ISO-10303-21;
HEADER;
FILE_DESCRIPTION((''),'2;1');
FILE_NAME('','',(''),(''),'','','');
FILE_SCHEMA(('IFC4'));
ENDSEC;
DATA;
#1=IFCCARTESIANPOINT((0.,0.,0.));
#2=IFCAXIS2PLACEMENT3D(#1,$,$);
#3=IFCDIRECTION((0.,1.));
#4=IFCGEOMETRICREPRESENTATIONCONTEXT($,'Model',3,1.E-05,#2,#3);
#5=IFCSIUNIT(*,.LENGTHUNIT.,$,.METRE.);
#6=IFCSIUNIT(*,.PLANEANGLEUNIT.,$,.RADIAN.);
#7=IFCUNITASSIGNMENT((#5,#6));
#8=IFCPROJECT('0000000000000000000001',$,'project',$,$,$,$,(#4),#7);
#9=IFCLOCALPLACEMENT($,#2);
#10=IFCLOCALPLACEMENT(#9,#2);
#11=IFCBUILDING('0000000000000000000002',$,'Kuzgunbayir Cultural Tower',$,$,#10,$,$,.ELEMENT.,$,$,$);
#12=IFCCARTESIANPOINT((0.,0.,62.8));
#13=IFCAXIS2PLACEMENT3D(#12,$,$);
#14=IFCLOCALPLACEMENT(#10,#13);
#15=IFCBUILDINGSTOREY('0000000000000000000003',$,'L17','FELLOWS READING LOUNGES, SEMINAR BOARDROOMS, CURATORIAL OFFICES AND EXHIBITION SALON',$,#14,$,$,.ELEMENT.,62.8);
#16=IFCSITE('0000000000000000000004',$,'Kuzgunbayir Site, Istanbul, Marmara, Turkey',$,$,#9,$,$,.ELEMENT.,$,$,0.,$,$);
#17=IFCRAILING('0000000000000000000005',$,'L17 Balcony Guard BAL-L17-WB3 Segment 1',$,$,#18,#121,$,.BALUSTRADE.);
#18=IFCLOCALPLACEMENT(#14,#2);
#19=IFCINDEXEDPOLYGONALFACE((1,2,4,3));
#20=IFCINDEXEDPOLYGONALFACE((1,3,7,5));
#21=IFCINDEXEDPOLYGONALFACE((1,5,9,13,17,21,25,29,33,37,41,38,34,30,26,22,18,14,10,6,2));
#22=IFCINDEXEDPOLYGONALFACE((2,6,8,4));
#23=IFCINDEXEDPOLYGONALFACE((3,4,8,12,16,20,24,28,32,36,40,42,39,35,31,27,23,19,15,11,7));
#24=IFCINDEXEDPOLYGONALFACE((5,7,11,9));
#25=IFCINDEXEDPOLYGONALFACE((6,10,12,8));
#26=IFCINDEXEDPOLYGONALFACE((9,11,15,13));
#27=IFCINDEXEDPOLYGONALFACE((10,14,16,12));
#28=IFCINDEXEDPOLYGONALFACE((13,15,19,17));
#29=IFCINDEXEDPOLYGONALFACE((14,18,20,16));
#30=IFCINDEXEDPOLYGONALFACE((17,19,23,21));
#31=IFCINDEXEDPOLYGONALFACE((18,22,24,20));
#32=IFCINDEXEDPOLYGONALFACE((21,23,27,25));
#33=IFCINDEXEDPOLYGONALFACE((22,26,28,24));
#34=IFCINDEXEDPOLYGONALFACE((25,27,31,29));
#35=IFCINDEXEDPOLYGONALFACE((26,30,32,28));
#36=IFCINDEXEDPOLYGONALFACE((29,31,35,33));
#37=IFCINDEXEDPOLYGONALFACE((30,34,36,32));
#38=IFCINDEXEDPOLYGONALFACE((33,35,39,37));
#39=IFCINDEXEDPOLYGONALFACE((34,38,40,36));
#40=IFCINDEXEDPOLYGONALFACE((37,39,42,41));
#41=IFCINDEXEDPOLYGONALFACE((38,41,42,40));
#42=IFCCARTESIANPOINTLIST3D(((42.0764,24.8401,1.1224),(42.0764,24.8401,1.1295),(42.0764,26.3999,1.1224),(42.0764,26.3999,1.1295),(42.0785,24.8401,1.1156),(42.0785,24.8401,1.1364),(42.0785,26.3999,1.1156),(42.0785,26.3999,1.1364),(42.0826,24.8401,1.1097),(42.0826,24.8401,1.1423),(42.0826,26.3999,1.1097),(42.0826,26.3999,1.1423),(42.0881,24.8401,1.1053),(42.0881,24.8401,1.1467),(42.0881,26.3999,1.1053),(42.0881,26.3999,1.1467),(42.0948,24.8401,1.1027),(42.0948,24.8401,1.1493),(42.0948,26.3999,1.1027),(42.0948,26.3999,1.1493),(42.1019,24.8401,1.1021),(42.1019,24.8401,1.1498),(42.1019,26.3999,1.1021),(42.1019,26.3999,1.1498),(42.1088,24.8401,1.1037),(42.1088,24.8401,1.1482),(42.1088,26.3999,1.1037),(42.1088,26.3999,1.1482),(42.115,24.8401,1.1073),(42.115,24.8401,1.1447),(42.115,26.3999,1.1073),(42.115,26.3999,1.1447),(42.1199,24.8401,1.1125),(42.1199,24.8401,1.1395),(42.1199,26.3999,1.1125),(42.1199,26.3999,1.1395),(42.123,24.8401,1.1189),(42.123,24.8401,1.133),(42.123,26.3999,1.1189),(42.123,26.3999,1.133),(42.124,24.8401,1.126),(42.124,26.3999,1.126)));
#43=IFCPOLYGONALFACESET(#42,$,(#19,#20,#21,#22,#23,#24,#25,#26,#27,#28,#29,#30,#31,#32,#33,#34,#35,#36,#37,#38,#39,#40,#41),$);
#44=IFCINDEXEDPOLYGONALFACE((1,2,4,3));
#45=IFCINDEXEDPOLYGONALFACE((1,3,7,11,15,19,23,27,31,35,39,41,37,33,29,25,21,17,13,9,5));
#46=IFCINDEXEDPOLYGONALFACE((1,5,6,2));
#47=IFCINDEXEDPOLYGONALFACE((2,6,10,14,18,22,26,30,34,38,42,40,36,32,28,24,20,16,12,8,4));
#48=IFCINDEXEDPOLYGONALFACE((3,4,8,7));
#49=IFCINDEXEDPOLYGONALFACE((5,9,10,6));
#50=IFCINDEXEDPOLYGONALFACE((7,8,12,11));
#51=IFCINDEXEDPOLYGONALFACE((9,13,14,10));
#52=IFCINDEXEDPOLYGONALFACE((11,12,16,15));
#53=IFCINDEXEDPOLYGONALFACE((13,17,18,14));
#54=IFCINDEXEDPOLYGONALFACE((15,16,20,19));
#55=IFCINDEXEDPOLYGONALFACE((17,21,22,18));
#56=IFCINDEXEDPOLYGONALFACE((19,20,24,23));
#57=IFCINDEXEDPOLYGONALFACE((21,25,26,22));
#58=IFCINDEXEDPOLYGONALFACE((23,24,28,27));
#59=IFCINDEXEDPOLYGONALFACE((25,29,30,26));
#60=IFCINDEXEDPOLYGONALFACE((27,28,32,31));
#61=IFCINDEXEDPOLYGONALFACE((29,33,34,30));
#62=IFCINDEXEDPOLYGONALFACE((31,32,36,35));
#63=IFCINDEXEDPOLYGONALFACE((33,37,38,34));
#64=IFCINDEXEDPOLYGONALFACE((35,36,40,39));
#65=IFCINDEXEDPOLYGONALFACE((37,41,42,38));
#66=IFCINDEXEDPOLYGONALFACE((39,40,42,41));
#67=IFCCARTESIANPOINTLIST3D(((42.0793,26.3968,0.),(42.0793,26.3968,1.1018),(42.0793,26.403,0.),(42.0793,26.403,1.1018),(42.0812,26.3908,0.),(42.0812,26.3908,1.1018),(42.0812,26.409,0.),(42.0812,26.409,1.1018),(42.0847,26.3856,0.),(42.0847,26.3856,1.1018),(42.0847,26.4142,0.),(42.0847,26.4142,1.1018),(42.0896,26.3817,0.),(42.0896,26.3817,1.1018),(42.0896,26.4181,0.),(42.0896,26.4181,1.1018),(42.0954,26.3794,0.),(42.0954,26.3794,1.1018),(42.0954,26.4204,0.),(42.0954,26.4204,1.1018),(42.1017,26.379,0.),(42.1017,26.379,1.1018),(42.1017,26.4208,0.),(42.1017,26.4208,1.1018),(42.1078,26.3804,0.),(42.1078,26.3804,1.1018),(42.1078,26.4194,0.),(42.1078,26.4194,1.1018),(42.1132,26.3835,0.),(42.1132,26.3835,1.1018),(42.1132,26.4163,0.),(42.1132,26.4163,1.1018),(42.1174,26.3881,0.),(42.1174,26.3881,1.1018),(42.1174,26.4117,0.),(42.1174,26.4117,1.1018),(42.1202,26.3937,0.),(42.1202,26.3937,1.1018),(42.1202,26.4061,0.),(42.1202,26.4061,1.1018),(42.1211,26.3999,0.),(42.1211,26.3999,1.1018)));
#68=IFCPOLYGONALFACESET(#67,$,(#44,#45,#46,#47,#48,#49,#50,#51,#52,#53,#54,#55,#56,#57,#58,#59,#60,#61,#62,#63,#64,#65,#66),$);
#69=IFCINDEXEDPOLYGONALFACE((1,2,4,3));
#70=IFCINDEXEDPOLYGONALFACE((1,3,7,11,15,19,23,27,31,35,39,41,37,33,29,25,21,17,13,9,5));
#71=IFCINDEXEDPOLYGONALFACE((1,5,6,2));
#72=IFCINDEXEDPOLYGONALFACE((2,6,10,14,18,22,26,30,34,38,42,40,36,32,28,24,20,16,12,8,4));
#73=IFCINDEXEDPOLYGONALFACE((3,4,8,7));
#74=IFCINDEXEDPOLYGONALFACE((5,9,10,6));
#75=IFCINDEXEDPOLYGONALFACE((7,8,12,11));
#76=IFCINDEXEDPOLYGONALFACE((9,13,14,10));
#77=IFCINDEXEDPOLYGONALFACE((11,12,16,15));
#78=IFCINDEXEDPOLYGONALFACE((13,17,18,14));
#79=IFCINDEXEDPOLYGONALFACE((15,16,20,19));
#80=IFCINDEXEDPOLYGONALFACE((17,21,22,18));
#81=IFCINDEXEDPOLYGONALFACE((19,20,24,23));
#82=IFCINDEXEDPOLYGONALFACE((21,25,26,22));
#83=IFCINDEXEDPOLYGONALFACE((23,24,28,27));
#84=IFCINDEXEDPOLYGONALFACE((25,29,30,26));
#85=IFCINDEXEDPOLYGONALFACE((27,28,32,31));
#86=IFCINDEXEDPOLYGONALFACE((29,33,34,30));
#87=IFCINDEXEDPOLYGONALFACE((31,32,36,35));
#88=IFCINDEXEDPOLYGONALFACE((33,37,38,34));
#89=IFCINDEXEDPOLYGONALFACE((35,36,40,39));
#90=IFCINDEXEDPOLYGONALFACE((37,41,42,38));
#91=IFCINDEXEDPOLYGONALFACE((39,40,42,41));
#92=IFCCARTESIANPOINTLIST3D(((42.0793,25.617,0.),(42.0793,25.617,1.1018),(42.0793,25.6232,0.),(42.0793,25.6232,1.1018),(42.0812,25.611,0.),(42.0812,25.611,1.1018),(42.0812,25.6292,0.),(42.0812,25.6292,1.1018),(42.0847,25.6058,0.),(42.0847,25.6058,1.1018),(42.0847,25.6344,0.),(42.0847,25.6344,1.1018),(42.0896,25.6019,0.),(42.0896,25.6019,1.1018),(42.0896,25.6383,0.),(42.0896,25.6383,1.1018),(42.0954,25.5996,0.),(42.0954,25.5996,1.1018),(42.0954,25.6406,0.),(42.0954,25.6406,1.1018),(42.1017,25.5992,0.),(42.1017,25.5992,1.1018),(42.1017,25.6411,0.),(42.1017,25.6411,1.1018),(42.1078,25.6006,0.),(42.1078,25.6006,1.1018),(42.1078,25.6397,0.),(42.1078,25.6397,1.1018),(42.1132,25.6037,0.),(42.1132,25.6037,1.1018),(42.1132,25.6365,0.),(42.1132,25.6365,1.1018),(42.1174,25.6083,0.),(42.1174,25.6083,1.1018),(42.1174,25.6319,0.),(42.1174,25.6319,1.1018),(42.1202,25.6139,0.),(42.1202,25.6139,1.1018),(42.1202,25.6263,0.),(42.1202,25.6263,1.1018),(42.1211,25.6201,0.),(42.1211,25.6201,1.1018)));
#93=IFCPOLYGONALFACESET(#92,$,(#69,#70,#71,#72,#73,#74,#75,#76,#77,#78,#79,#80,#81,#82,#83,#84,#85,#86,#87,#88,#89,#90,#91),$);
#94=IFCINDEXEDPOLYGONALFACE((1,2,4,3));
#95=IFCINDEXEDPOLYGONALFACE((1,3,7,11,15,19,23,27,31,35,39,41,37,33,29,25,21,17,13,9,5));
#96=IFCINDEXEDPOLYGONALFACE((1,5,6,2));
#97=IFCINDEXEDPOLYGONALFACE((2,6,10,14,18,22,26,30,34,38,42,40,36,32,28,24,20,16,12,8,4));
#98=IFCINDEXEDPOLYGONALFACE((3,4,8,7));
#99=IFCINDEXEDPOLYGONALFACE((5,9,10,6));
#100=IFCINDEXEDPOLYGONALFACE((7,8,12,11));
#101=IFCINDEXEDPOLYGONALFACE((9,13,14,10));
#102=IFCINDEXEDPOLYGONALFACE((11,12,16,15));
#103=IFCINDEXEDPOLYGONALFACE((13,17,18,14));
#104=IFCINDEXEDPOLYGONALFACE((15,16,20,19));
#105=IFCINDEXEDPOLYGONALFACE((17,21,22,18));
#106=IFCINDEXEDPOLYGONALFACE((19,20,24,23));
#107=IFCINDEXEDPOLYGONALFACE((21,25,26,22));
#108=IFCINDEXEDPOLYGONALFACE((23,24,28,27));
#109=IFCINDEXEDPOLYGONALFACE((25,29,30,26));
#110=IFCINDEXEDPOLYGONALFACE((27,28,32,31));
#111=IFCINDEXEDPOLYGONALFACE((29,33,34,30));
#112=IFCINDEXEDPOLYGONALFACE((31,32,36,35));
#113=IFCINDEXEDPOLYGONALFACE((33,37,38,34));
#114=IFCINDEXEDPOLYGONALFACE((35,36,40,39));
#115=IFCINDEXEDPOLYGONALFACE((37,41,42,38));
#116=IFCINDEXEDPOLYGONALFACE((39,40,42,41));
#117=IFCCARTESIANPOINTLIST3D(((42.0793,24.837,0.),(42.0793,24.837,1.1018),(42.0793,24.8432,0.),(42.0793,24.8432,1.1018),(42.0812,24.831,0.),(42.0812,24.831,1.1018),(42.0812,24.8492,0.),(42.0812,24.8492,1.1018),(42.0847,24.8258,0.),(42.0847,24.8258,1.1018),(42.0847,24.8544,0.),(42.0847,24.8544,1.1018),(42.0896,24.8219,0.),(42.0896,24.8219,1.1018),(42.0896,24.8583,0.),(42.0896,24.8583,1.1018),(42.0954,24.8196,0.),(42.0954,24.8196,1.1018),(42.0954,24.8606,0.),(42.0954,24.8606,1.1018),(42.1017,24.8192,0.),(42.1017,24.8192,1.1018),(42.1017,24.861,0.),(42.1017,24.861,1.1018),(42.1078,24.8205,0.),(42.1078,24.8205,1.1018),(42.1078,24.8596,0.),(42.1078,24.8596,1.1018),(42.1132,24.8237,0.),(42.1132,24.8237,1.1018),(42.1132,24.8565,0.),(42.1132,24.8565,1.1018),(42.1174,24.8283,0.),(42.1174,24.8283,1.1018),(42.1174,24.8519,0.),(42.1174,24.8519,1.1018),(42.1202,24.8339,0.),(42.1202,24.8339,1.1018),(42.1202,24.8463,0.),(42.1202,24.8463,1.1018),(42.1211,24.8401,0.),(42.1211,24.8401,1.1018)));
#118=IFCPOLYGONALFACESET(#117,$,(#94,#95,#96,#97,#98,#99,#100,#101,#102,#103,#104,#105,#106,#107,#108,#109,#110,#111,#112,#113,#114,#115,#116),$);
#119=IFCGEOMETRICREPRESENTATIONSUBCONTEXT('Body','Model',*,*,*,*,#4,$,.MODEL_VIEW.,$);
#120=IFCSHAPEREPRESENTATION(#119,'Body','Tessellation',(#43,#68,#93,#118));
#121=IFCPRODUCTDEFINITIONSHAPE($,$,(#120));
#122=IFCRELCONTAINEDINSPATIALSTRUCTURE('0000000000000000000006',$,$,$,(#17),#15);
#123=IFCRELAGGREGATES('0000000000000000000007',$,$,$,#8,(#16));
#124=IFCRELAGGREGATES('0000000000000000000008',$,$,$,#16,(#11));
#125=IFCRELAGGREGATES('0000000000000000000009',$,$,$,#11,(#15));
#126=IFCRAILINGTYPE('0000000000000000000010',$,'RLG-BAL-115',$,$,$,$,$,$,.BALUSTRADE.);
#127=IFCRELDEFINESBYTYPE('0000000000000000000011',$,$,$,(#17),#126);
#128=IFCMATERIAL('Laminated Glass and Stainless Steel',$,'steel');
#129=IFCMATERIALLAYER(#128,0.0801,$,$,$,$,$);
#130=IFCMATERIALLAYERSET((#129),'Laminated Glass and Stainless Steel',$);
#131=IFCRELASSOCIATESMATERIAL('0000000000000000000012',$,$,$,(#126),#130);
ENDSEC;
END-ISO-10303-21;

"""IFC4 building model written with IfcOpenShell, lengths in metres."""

from ifc_helpers import new_model, si_unit, direction, frame, origin, origin_2d, place, context, subcontext, project, spatial, circle, extrude, material, layer, layer_set, type_object, element, save


model = new_model("IFC4")

# Units and contexts
model_context = context("Model", 3, precision=1e-05, world=origin(), true_north=direction((0.0, 1.0)))
body_context = subcontext(model_context, "Body", "Model", "MODEL_VIEW")
ifc_project = project(units=[si_unit("LENGTHUNIT", "METRE"), si_unit("PLANEANGLEUNIT", "RADIAN")], contexts=[model_context])

# Site, building, storey
site_placement = place(None, origin())
site = spatial("IfcSite", under=ifc_project, at=site_placement, Name="Kuzgunbayir Site, Istanbul, Marmara, Turkey", CompositionType="ELEMENT", RefElevation=0.0)
building_placement = place(site_placement, origin())
building = spatial("IfcBuilding", under=site, at=building_placement, Name="Kuzgunbayir Cultural Tower", CompositionType="ELEMENT")
storey_placement = place(building_placement, frame((0.0, 0.0, 62.8)))
storey = spatial("IfcBuildingStorey", under=building, at=storey_placement, Name="L17", Description="FELLOWS READING LOUNGES, SEMINAR BOARDROOMS, CURATORIAL OFFICES AND EXHIBITION SALON", CompositionType="ELEMENT", Elevation=62.8)

# Railing
ifc_material_1 = material(Name="Laminated Glass and Stainless Steel", Category="steel")
ifc_layer_1 = layer(ifc_material_1, 0.0801)
ifc_layer_set_1 = layer_set([ifc_layer_1], Name="Laminated Glass and Stainless Steel")
railing_type = type_object("IfcRailingType", Name="RLG-BAL-115", PredefinedType="BALUSTRADE", material=ifc_layer_set_1)
railing_1_placement = place(storey_placement, frame((42.1001, 26.3999, 0.0)))
element("IfcRailing", 1, at=railing_1_placement, inside=storey, type_object=railing_type, Name="L17 Balcony Guard BAL-L17-WB3 Segment 1", PredefinedType="BALUSTRADE", context=body_context, shape_type="SweptSolid", body=[
    extrude(circle(Radius=0.0239, at=origin_2d()), frame((0.0, 0.0, 1.126), z_axis=(0.0, -1.0, 0.0), x_axis=(1.0, 0.0, 0.0)), (0.0, 0.0, 1.0), 1.5598),
    extrude(circle(Radius=0.021, at=origin_2d()), origin(), (0.0, 0.0, 1.0), 1.1018),
    extrude(circle(Radius=0.021, at=origin_2d()), frame((0.0, -0.7798, 0.0)), (0.0, 0.0, 1.0), 1.1018),
    extrude(circle(Radius=0.021, at=origin_2d()), frame((0.0, -1.5598, 0.0)), (0.0, 0.0, 1.0), 1.1018),
])

save(model, "model.ifc")
